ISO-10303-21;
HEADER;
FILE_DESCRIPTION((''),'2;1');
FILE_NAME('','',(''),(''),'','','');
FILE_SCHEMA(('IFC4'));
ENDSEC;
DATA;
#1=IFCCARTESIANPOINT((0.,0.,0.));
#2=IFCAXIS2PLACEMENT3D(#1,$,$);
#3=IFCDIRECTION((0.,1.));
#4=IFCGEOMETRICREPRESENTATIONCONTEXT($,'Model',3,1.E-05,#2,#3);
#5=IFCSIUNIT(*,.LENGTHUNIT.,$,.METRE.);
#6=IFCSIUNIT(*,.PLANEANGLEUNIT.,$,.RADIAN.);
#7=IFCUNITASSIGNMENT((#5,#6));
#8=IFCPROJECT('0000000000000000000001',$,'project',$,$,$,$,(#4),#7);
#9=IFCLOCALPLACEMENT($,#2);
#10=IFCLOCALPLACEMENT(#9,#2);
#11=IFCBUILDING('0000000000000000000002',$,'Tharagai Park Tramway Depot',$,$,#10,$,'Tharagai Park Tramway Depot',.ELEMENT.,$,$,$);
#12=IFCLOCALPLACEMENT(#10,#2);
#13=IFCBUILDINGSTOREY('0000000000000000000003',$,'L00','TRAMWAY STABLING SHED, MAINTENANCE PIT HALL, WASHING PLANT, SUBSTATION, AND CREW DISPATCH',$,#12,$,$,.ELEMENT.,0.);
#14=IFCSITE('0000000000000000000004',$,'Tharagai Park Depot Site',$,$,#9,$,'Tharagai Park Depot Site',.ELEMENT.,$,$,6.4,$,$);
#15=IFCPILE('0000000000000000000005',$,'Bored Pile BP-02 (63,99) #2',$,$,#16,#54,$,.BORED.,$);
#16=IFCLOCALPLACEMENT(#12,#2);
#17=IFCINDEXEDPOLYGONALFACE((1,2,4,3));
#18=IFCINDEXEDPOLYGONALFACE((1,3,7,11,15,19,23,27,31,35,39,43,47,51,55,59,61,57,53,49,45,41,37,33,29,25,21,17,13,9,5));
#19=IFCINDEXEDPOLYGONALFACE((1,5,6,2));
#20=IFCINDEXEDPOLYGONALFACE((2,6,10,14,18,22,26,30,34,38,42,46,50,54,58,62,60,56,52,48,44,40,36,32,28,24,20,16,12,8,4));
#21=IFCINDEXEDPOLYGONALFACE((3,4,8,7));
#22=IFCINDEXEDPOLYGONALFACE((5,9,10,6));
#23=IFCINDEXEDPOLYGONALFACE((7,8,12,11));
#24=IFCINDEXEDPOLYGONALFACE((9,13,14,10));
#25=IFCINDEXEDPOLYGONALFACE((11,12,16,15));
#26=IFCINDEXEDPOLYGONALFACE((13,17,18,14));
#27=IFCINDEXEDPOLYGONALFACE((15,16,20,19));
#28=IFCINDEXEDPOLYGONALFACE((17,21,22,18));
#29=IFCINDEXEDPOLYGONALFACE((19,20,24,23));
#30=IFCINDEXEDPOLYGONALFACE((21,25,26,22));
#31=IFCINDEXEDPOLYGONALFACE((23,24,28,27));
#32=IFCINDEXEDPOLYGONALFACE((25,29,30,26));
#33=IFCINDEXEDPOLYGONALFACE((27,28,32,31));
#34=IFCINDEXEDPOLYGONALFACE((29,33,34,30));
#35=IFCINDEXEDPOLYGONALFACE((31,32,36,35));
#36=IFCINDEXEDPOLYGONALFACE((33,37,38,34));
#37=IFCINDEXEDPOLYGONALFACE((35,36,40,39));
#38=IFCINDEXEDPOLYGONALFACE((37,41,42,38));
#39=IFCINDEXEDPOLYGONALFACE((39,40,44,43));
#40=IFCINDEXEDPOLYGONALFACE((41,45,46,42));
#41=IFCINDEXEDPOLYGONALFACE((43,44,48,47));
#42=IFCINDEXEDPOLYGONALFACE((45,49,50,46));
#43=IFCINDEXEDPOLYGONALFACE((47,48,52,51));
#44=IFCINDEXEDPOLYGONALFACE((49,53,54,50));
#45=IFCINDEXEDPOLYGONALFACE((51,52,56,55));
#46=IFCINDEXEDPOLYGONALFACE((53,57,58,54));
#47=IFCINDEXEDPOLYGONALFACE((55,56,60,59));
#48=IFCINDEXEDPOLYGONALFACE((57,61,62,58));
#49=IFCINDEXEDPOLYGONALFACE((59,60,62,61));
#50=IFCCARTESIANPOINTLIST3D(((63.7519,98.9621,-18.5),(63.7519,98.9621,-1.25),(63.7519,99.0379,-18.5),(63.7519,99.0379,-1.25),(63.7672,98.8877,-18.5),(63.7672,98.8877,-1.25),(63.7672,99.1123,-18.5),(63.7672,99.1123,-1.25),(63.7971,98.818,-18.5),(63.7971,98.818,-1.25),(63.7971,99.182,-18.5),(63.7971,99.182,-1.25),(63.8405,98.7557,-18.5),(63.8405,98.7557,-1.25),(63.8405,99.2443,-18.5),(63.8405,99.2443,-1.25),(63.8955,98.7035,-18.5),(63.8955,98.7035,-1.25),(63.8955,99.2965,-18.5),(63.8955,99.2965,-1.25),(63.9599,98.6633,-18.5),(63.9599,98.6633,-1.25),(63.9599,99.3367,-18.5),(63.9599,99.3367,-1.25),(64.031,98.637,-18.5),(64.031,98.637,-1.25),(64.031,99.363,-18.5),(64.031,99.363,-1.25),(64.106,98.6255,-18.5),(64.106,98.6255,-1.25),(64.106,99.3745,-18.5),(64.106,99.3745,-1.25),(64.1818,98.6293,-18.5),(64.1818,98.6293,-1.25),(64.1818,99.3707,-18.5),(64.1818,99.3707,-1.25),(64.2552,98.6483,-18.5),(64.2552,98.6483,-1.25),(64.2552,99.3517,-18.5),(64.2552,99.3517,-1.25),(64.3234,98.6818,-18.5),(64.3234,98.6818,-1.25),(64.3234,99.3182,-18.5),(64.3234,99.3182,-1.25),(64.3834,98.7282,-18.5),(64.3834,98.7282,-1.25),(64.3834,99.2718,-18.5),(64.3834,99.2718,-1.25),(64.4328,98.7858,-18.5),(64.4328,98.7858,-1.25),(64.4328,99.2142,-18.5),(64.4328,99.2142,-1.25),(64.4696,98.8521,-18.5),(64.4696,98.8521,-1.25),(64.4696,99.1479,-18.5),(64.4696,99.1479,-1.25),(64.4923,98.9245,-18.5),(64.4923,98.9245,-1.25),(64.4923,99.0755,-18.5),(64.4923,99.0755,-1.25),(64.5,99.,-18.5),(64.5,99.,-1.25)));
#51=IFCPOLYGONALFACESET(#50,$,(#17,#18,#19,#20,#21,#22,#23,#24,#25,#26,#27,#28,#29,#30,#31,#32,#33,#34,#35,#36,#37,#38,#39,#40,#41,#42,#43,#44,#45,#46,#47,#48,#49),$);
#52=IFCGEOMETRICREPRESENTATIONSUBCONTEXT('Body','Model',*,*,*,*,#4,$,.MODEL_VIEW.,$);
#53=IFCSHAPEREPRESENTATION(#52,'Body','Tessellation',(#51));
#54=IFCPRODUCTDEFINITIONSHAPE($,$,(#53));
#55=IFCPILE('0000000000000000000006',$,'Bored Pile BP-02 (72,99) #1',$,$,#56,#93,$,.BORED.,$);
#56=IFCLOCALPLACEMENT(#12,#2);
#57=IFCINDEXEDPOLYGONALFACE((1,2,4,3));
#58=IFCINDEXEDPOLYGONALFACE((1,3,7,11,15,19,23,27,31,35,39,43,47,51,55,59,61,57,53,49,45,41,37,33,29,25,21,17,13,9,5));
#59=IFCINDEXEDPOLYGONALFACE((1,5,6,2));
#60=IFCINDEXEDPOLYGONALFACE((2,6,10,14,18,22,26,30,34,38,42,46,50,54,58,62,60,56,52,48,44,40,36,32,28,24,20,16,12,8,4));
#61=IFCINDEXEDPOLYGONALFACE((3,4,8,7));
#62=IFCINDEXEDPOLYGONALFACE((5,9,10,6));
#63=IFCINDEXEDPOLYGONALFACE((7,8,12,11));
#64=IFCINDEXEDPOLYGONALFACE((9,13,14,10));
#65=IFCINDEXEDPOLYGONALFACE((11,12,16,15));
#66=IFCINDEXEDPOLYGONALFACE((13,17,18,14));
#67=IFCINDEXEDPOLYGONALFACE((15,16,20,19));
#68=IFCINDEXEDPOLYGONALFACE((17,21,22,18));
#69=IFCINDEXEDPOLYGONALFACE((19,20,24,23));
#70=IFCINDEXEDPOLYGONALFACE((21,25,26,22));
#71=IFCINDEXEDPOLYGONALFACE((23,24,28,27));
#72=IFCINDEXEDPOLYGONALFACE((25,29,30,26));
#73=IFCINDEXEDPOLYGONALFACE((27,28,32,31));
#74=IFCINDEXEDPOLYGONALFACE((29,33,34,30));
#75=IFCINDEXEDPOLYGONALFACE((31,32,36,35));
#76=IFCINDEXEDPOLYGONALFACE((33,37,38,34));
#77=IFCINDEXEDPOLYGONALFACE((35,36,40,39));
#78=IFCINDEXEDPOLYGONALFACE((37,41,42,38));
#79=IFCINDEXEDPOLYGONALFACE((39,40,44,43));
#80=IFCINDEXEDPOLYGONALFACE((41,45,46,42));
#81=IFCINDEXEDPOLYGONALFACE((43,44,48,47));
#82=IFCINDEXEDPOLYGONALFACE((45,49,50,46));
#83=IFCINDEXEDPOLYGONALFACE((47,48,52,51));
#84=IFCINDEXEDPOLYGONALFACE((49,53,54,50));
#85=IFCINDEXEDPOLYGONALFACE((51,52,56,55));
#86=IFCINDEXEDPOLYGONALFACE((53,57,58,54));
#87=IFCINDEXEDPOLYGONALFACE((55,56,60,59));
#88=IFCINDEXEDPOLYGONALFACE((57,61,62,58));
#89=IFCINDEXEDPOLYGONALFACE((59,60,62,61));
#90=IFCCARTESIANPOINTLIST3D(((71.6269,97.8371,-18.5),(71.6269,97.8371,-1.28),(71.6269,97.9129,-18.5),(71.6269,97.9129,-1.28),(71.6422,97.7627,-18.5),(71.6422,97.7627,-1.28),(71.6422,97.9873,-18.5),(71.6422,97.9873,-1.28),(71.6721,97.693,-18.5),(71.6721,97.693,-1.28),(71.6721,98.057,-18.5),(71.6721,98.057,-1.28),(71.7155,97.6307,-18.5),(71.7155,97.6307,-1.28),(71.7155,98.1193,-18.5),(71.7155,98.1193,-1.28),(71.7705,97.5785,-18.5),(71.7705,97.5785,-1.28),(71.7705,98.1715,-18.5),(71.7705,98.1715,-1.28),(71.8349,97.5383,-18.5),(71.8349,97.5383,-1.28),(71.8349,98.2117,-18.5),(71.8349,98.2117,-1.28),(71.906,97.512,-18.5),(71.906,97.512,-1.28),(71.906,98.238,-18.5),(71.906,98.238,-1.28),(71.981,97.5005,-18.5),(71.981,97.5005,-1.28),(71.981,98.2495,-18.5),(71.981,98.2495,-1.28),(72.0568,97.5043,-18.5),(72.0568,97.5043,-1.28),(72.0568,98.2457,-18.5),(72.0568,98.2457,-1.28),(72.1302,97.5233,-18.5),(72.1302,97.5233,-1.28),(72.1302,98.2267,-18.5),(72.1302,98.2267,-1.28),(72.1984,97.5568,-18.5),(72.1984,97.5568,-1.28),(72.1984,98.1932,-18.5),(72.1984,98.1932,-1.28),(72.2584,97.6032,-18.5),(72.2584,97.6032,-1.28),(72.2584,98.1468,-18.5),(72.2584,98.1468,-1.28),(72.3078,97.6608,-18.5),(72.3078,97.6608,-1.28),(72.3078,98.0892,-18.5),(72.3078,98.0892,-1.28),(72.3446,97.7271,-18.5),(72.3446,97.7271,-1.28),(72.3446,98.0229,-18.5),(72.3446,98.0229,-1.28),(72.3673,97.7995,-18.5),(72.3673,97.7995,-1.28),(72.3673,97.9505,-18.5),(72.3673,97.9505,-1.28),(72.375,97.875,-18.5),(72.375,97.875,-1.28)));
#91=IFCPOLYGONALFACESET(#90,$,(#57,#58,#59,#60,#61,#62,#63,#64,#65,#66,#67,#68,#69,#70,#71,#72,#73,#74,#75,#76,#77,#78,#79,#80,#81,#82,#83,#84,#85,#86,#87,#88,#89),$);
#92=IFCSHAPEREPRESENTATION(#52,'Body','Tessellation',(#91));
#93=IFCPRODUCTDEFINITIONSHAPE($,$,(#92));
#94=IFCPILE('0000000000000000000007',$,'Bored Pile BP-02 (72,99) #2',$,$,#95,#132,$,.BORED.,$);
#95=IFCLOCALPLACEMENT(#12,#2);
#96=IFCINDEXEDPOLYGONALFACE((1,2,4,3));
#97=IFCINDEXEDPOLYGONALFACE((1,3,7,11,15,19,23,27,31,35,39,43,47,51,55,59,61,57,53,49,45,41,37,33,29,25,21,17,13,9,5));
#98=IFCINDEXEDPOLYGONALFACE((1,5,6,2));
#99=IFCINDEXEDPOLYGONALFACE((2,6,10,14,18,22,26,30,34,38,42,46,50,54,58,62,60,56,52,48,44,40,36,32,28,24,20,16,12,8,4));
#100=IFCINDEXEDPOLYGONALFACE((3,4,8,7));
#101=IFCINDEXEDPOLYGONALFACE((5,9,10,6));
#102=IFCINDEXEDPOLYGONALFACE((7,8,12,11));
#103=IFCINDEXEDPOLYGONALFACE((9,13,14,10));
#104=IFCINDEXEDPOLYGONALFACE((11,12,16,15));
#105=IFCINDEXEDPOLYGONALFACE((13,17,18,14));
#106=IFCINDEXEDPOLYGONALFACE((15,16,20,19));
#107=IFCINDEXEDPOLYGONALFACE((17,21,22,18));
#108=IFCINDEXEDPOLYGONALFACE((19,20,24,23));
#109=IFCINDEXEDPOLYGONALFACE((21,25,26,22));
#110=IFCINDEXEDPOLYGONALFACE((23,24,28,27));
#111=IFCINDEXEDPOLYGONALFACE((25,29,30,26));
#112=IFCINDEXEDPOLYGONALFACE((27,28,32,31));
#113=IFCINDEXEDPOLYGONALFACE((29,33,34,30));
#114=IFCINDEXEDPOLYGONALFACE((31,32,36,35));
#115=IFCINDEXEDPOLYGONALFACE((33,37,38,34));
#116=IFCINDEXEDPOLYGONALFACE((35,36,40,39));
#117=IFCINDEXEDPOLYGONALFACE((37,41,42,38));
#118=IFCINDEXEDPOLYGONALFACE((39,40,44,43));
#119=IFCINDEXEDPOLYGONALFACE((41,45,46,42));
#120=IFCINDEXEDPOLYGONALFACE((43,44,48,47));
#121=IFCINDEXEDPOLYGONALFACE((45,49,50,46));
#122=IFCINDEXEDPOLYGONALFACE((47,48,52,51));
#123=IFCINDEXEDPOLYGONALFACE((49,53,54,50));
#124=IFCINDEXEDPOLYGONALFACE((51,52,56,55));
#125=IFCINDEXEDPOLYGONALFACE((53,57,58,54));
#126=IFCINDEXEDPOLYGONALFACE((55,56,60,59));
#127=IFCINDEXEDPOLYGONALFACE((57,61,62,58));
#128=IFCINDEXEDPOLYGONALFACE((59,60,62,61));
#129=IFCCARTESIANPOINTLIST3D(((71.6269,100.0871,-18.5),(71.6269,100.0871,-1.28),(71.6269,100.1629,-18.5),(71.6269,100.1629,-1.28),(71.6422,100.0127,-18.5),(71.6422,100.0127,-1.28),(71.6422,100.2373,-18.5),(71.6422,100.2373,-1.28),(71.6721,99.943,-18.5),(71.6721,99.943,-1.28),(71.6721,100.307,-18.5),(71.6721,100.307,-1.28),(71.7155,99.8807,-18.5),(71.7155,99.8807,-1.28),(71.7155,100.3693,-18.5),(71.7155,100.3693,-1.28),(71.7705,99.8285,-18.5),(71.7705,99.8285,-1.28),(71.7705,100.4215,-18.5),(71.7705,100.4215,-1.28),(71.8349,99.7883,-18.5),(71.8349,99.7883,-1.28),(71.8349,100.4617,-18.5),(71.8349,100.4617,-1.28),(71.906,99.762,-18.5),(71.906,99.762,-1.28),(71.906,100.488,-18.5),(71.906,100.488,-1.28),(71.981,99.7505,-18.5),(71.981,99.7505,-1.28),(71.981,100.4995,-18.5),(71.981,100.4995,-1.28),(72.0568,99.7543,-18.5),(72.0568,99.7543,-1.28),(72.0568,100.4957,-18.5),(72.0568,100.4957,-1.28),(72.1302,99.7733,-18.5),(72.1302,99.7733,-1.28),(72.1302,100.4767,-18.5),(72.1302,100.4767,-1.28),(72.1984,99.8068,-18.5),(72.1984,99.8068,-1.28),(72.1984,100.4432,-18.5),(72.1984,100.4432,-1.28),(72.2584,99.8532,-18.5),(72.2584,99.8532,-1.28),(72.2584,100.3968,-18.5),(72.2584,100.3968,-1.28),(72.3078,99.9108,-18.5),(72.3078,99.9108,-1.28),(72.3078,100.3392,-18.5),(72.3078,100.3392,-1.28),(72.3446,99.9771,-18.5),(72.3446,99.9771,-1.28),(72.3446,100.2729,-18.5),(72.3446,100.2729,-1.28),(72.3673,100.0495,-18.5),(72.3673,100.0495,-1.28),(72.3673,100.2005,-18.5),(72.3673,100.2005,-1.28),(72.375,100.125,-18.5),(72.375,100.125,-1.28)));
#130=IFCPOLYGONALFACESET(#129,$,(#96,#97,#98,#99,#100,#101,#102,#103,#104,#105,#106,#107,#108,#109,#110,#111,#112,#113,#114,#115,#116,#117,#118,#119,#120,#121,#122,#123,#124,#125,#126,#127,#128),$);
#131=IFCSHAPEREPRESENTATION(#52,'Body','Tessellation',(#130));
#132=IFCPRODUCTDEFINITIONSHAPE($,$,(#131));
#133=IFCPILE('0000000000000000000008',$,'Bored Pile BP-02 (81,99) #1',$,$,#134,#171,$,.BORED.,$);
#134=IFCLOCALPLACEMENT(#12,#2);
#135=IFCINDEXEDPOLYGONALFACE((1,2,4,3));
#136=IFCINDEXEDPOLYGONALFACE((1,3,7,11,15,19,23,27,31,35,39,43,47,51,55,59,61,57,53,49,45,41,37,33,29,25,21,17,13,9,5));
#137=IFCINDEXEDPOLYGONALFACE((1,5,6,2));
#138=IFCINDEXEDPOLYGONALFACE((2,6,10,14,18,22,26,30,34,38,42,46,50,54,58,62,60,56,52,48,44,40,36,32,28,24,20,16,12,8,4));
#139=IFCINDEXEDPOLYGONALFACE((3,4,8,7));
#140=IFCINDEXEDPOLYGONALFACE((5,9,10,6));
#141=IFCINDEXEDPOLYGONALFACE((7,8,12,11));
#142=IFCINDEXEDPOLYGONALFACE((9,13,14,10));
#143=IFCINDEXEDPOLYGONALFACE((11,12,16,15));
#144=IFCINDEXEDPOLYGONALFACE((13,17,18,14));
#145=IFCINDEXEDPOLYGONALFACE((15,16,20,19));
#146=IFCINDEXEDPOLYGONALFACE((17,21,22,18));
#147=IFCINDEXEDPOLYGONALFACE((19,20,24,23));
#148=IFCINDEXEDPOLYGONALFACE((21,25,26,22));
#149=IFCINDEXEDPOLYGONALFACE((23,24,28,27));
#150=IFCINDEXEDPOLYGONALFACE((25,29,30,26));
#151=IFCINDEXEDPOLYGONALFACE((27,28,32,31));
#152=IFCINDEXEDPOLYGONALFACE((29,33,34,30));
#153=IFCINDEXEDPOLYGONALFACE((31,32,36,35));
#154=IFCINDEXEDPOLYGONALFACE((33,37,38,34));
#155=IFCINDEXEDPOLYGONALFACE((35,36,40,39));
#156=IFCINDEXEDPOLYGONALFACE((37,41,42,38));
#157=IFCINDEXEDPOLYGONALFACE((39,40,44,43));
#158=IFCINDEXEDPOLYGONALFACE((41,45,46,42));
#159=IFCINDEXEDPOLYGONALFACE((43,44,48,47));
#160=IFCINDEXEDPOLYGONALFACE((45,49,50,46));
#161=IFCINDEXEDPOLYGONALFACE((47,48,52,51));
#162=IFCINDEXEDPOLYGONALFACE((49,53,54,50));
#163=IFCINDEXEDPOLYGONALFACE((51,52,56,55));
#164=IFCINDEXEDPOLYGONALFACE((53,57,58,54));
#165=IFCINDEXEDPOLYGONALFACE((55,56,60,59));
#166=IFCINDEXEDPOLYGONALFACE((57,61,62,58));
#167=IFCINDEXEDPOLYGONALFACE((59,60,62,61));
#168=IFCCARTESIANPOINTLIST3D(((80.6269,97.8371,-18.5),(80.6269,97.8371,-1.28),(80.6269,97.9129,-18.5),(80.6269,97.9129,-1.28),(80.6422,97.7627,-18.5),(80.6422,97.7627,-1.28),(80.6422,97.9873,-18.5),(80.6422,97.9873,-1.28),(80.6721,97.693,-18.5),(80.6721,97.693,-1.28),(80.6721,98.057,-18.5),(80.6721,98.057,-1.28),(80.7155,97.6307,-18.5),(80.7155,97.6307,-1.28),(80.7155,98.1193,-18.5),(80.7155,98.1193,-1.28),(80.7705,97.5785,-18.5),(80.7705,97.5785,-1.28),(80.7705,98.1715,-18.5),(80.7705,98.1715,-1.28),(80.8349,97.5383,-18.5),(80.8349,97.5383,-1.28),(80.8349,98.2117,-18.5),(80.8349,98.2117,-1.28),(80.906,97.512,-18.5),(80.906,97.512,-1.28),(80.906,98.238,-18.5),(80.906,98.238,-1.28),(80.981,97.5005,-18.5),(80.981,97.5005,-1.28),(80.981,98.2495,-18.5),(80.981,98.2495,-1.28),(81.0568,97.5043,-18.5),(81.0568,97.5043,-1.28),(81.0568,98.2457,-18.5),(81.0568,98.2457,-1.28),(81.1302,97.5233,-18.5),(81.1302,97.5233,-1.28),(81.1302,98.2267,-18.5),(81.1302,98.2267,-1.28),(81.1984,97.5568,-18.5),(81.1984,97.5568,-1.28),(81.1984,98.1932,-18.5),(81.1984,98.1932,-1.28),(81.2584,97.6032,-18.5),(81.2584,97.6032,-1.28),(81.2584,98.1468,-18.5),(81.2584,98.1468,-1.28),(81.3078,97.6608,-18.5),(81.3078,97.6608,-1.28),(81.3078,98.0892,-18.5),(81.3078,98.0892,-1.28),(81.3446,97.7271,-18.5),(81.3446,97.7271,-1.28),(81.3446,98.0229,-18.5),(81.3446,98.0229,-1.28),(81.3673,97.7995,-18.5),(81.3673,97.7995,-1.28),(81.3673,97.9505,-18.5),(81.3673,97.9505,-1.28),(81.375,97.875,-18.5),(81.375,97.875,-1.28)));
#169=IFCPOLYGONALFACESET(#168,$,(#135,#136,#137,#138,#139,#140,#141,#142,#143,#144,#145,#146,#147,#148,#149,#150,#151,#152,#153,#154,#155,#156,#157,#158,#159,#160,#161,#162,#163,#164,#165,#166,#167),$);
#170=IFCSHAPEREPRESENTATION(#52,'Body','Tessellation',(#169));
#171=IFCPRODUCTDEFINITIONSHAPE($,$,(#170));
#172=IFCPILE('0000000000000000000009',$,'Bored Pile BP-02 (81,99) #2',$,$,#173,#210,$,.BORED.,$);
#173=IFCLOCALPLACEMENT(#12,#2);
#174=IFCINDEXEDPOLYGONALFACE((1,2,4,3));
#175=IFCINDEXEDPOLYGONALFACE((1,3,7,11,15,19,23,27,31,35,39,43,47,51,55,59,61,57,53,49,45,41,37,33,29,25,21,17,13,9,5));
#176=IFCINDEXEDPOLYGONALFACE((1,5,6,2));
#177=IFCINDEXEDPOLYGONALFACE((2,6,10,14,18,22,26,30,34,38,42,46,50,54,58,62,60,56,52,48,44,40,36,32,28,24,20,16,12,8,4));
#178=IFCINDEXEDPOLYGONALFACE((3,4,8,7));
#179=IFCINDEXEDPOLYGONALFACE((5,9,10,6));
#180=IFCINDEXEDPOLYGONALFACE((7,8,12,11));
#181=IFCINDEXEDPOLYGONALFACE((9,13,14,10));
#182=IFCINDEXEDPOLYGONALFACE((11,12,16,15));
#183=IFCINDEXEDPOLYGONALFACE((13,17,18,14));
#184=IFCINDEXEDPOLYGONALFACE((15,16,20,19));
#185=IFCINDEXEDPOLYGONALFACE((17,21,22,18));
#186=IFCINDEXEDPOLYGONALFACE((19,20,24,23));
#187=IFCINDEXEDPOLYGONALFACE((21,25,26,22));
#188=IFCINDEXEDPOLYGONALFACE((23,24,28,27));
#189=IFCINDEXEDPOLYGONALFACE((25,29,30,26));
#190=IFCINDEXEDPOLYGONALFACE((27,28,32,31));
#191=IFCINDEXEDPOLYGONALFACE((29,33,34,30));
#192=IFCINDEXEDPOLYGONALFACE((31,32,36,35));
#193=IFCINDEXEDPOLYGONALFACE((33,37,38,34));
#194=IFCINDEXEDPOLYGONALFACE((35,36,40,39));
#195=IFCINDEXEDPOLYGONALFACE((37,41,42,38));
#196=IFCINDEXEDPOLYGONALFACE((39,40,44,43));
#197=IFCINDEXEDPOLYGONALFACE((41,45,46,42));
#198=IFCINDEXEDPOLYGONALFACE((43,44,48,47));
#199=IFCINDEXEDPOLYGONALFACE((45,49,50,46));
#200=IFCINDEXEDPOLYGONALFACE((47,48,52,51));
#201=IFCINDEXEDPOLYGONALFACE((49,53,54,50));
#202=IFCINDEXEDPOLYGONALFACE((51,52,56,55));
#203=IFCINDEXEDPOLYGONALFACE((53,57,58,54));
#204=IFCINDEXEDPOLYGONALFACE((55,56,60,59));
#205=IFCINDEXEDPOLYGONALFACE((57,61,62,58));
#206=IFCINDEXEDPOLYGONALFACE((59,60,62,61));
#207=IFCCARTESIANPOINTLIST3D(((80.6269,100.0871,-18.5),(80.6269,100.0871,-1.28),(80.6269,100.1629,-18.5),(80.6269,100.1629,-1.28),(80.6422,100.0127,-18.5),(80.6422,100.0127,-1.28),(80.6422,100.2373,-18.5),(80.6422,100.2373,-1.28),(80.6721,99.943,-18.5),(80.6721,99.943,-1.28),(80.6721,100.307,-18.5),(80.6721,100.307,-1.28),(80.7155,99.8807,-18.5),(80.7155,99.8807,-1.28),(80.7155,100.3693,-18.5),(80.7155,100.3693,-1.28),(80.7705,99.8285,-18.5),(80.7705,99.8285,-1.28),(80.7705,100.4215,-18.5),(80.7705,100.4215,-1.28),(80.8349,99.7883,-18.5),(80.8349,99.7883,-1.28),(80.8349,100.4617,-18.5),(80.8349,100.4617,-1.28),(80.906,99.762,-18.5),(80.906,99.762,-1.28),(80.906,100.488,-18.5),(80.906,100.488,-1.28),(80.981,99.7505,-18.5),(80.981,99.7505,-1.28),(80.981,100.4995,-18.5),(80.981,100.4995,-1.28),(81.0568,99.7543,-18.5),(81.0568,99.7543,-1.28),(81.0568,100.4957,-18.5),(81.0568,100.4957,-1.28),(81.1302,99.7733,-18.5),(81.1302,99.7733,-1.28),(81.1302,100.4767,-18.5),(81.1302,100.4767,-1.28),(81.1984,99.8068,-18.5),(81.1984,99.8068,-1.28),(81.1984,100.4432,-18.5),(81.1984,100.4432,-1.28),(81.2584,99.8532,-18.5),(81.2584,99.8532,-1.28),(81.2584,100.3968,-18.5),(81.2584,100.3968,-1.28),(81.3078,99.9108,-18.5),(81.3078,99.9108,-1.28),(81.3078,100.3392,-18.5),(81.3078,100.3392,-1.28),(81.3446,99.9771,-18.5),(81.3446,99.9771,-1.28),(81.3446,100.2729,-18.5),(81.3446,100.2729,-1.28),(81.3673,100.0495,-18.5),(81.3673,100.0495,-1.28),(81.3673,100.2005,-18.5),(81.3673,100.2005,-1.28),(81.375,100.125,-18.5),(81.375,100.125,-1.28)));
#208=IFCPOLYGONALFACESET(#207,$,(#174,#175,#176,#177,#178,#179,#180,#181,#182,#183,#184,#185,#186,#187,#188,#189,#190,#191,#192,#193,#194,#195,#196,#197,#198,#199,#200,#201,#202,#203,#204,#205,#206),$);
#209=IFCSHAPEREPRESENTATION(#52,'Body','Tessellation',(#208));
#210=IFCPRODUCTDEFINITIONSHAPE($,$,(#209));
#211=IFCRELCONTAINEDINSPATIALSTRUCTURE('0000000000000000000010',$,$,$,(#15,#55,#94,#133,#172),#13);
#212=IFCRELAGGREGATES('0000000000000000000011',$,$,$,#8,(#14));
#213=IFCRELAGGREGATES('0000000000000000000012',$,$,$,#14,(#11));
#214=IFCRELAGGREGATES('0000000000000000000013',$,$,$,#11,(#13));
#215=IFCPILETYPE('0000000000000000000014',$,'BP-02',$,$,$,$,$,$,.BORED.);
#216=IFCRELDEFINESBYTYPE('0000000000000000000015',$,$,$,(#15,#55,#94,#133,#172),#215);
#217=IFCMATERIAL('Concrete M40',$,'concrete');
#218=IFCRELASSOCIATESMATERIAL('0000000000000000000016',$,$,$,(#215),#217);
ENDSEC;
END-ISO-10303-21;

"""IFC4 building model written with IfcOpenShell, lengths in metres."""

from ifc_helpers import new_model, si_unit, direction, frame, origin, origin_2d, place, context, subcontext, project, spatial, circle, extrude, material, material_profile, profile_set, type_object, element, save


model = new_model("IFC4")

# Units and contexts
model_context = context("Model", 3, precision=1e-05, world=origin(), true_north=direction((0.0, 1.0)))
body_context = subcontext(model_context, "Body", "Model", "MODEL_VIEW")
ifc_project = project(units=[si_unit("LENGTHUNIT", "METRE"), si_unit("PLANEANGLEUNIT", "RADIAN")], contexts=[model_context])

# Site, building, storey
site_placement = place(None, origin())
site = spatial("IfcSite", under=ifc_project, at=site_placement, Name="Tharagai Park Depot Site", LongName="Tharagai Park Depot Site", CompositionType="ELEMENT", RefElevation=6.4)
building_placement = place(site_placement, origin())
building = spatial("IfcBuilding", under=site, at=building_placement, Name="Tharagai Park Tramway Depot", LongName="Tharagai Park Tramway Depot", CompositionType="ELEMENT")
storey_placement = place(building_placement, origin())
storey = spatial("IfcBuildingStorey", under=building, at=storey_placement, Name="L00", Description="TRAMWAY STABLING SHED, MAINTENANCE PIT HALL, WASHING PLANT, SUBSTATION, AND CREW DISPATCH", CompositionType="ELEMENT", Elevation=0.0)

# Piles
ifc_material_1 = material(Name="Concrete M40", Category="concrete")
ifc_material_profile_1 = material_profile(ifc_material_1, circle(Radius=0.375, at=origin_2d()), Name="PILE D750")
ifc_profile_set_1 = profile_set([ifc_material_profile_1], Name="Concrete M40")
pile_type_1 = type_object("IfcPileType", Name="BP-02", PredefinedType="BORED", material=ifc_profile_set_1)
pile_placement = place(storey_placement, frame((64.125, 99.0, -1.25), z_axis=(0.0, 0.0, -1.0), x_axis=(1.0, 0.0, 0.0)))
element("IfcPile", 1, at=pile_placement, inside=storey, type_object=pile_type_1, Name="Bored Pile BP-02 (63,99) #2", PredefinedType="BORED", context=body_context, shape_type="SweptSolid", body=[
    extrude(circle(Radius=0.375, at=origin_2d()), origin(), (0.0, 0.0, 1.0), 17.25),
])
for number, where, z_axis, x_axis, name in (
    (2, (72.0, 97.875, -1.28), (0.0, 0.0, -1.0), (1.0, 0.0, 0.0), "Bored Pile BP-02 (72,99) #1"),
    (3, (72.0, 100.125, -1.28), (0.0, 0.0, -1.0), (1.0, 0.0, 0.0), "Bored Pile BP-02 (72,99) #2"),
    (4, (81.0, 97.875, -1.28), (0.0, 0.0, -1.0), (1.0, 0.0, 0.0), "Bored Pile BP-02 (81,99) #1"),
    (5, (81.0, 100.125, -1.28), (0.0, 0.0, -1.0), (1.0, 0.0, 0.0), "Bored Pile BP-02 (81,99) #2"),
):
    element("IfcPile", number, at=place(storey_placement, frame(where, z_axis=z_axis, x_axis=x_axis)), inside=storey, type_object=pile_type_1, Name=name, PredefinedType="BORED", context=body_context, shape_type="SweptSolid", body=[
        extrude(circle(Radius=0.375, at=origin_2d()), origin(), (0.0, 0.0, 1.0), 17.22),
    ])

save(model, "model.ifc")
